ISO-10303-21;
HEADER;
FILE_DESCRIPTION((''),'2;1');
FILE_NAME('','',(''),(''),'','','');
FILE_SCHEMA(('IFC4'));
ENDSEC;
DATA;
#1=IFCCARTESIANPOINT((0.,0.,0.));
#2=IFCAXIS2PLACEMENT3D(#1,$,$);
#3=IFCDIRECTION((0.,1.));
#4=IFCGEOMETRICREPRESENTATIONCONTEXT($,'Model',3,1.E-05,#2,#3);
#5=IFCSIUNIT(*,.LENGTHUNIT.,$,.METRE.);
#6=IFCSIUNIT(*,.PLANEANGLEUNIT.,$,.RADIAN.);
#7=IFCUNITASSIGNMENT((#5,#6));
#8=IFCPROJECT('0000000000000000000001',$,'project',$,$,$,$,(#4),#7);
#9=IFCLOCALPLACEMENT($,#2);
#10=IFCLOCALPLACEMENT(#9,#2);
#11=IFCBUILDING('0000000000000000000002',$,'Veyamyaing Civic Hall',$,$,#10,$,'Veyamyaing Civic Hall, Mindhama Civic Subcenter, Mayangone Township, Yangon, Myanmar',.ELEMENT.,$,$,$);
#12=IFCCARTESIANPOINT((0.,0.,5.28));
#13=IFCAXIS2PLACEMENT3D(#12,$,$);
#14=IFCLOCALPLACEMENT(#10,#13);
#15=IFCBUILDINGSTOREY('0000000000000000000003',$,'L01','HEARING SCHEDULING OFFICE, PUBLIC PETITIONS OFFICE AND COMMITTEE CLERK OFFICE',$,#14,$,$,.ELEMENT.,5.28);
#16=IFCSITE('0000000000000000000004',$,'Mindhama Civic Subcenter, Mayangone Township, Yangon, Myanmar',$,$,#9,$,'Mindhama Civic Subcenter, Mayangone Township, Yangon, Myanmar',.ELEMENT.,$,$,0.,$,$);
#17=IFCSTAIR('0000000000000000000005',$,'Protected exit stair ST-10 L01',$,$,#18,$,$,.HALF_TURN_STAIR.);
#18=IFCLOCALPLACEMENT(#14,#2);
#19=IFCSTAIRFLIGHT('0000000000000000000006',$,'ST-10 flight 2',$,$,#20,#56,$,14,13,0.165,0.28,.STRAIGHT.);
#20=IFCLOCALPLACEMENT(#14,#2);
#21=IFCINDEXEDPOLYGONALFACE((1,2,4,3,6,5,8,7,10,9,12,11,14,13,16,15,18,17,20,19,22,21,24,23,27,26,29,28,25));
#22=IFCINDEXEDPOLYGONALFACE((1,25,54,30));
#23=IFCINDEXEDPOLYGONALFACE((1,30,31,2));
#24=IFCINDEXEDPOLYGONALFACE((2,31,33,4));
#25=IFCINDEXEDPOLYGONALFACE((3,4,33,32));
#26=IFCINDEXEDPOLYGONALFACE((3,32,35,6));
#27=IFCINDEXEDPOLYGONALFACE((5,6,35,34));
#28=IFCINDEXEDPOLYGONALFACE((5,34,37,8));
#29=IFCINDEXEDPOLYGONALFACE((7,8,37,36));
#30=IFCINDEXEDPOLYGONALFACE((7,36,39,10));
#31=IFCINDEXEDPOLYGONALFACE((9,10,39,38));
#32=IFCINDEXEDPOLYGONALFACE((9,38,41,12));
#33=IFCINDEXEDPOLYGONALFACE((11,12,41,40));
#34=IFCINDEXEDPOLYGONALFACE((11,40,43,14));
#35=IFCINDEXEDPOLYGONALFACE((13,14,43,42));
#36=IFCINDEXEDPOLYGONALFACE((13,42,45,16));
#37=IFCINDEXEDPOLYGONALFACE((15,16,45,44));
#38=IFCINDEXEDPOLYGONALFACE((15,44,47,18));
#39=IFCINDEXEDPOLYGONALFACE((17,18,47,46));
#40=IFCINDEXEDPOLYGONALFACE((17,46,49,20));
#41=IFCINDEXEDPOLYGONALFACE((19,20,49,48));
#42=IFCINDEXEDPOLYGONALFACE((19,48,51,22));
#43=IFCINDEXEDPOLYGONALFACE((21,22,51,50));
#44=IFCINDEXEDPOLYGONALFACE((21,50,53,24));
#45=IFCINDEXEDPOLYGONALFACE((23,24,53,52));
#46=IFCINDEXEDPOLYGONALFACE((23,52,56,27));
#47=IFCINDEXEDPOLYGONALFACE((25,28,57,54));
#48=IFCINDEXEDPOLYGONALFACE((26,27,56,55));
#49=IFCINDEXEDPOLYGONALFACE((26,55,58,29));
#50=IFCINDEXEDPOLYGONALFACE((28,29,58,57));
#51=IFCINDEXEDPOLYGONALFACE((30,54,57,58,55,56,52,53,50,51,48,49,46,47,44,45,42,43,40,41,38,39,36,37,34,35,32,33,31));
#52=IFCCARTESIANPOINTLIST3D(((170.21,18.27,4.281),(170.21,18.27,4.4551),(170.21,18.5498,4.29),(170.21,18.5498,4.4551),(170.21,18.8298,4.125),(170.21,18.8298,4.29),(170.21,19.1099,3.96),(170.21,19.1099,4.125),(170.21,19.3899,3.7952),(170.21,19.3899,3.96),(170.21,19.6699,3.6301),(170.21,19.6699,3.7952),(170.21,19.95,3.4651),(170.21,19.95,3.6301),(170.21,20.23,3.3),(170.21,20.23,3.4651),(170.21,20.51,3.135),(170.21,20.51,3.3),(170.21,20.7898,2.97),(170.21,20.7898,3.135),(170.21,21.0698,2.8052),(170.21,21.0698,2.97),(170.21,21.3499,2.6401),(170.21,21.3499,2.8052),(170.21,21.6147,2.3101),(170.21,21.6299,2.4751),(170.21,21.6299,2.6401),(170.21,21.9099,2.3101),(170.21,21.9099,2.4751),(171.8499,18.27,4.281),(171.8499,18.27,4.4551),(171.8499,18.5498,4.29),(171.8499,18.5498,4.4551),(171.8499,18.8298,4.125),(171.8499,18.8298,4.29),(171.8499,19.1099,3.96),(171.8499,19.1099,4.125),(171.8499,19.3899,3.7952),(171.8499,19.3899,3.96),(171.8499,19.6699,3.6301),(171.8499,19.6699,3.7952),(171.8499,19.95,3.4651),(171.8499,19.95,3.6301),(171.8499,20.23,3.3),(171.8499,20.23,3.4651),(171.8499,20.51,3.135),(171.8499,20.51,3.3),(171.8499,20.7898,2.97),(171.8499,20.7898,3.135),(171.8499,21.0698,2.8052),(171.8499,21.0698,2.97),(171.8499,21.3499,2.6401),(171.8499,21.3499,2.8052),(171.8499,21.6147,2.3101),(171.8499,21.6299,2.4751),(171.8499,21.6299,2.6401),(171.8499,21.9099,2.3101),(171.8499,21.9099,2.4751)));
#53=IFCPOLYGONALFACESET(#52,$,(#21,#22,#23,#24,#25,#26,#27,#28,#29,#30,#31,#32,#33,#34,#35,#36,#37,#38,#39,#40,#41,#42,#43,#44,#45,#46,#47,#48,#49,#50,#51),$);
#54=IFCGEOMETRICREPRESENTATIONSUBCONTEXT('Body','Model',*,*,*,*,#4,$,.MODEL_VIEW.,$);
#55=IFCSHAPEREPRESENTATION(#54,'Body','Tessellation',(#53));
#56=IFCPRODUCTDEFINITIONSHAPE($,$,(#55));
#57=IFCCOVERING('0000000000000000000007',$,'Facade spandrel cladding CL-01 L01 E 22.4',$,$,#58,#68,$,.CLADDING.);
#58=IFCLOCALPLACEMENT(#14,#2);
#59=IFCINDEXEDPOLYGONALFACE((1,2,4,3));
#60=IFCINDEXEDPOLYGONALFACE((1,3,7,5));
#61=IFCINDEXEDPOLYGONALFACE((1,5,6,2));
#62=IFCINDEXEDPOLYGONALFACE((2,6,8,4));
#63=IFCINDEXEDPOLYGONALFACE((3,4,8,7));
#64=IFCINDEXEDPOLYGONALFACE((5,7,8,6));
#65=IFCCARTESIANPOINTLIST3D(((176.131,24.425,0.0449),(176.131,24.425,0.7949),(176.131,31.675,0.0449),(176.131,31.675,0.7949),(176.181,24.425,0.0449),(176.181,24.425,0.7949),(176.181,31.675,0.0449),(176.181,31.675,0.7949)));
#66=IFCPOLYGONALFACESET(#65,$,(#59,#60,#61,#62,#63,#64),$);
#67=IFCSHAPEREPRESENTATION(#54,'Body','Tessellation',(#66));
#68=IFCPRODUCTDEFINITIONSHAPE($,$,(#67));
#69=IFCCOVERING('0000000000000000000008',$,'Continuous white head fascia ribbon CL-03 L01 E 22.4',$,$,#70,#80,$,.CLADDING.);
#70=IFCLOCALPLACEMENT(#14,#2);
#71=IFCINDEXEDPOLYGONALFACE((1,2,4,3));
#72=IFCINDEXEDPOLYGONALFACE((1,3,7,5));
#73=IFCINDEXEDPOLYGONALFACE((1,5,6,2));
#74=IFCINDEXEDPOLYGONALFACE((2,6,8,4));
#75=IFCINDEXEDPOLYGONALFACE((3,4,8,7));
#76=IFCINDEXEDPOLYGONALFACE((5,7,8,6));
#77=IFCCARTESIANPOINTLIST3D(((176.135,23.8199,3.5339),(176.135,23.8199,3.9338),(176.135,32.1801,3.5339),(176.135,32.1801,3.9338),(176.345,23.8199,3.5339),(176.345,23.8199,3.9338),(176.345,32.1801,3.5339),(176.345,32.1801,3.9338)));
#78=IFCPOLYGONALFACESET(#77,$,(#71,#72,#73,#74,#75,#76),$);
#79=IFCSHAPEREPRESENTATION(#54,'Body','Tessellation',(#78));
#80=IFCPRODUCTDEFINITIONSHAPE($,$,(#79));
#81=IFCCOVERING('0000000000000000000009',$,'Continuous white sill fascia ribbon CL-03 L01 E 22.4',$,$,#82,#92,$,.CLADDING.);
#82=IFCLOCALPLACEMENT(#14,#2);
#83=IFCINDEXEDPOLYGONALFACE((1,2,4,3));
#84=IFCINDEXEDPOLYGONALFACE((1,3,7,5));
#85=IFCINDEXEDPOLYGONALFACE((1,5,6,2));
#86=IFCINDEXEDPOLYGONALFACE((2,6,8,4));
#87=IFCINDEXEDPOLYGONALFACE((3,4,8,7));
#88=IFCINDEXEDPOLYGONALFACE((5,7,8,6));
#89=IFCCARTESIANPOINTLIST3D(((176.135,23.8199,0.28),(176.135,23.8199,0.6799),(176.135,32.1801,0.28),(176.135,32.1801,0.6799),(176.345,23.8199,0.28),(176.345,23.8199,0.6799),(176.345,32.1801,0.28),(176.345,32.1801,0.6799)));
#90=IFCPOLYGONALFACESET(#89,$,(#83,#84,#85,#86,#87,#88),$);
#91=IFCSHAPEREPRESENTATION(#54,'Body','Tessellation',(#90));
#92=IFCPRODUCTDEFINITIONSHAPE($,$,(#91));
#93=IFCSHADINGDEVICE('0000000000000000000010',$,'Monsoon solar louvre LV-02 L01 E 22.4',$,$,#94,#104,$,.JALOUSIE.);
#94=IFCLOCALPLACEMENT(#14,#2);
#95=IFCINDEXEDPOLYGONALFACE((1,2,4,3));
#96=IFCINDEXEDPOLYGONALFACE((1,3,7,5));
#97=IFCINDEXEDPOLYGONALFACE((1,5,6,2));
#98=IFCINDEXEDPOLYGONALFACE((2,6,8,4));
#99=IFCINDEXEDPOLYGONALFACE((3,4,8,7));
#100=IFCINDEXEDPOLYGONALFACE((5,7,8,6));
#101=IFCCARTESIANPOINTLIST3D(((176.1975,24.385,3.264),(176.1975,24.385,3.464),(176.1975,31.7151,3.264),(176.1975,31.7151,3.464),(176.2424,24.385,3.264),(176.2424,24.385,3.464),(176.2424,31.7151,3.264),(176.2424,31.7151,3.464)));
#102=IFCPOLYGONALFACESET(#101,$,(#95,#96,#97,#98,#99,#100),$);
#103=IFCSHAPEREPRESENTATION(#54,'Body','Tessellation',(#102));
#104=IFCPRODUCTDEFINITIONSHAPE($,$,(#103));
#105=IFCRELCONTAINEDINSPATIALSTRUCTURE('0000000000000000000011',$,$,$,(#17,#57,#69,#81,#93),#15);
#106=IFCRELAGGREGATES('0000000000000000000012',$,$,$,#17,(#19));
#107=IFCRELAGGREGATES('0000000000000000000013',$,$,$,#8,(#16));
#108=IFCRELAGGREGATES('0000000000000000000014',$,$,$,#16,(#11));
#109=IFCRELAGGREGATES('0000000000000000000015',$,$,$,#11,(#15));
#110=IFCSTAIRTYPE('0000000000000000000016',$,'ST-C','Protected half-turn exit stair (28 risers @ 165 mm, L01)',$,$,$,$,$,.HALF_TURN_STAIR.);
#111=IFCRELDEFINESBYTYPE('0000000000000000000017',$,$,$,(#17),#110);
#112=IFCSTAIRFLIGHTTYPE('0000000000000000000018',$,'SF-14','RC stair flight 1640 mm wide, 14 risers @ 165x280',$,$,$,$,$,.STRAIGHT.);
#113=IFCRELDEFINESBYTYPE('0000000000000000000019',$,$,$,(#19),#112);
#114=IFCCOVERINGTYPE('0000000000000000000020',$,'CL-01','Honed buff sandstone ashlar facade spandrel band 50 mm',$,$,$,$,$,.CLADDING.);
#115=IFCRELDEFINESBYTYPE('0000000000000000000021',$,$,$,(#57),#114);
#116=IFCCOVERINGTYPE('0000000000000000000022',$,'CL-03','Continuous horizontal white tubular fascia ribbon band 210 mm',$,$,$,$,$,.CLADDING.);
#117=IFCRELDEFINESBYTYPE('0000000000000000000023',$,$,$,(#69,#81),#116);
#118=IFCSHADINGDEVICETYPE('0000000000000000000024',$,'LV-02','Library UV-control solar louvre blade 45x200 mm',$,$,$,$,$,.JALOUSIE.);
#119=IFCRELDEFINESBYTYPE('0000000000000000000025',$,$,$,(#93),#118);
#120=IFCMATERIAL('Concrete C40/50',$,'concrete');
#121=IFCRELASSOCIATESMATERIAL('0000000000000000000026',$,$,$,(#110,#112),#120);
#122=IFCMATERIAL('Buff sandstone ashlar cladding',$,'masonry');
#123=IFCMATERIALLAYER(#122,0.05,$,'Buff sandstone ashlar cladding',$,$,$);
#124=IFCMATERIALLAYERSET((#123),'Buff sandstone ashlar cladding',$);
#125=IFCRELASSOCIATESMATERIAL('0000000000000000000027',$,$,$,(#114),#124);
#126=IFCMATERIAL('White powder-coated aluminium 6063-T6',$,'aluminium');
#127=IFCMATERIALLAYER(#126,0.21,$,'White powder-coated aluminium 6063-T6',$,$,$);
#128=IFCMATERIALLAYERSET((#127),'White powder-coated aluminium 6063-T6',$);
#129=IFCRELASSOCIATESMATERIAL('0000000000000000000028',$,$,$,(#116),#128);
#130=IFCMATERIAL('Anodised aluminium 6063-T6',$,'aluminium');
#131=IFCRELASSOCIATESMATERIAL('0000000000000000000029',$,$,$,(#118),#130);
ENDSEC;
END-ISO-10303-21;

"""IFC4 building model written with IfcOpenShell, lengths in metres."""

from ifc_helpers import new_model, si_unit, direction, frame, origin, origin_2d, place, context, subcontext, project, spatial, polyline, rectangle, outline, extrude, material, layer, layer_set, material_profile, profile_set, type_object, element, aggregate, save


model = new_model("IFC4")

# Units and contexts
model_context = context("Model", 3, precision=1e-05, world=origin(), true_north=direction((0.0, 1.0)))
body_context = subcontext(model_context, "Body", "Model", "MODEL_VIEW")
ifc_project = project(units=[si_unit("LENGTHUNIT", "METRE"), si_unit("PLANEANGLEUNIT", "RADIAN")], contexts=[model_context])

# Site, building, storey
site_placement = place(None, origin())
site = spatial("IfcSite", under=ifc_project, at=site_placement, Name="Mindhama Civic Subcenter, Mayangone Township, Yangon, Myanmar", LongName="Mindhama Civic Subcenter, Mayangone Township, Yangon, Myanmar", CompositionType="ELEMENT", RefElevation=0.0)
building_placement = place(site_placement, origin())
building = spatial("IfcBuilding", under=site, at=building_placement, Name="Veyamyaing Civic Hall", LongName="Veyamyaing Civic Hall, Mindhama Civic Subcenter, Mayangone Township, Yangon, Myanmar", CompositionType="ELEMENT")
storey_placement = place(building_placement, frame((0.0, 0.0, 5.28)))
storey = spatial("IfcBuildingStorey", under=building, at=storey_placement, Name="L01", Description="HEARING SCHEDULING OFFICE, PUBLIC PETITIONS OFFICE AND COMMITTEE CLERK OFFICE", CompositionType="ELEMENT", Elevation=5.28)

# Shared definitions
ifc_material_1 = material(Name="Concrete C40/50", Category="concrete")

# Stair, stair flight
stair_type = type_object("IfcStairType", Name="ST-C", Description="Protected half-turn exit stair (28 risers @ 165 mm, L01)", PredefinedType="HALF_TURN_STAIR", material=ifc_material_1)
stair_placement = place(storey_placement, origin())
stair = element("IfcStair", 1, at=stair_placement, inside=storey, type_object=stair_type, Name="Protected exit stair ST-10 L01", PredefinedType="HALF_TURN_STAIR")
stair_flight_type = type_object("IfcStairFlightType", Name="SF-14", Description="RC stair flight 1640 mm wide, 14 risers @ 165x280", PredefinedType="STRAIGHT", material=ifc_material_1)
stair_flight_placement = place(storey_placement, frame((171.03, 21.9099, 2.3101), z_axis=(0.0, 0.0, 1.0), x_axis=(0.0, -1.0, 0.0)))
stair_flight = element("IfcStairFlight", 2, at=stair_flight_placement, type_object=stair_flight_type, Name="ST-10 flight 2", NumberOfRisers=14, NumberOfTreads=13, PredefinedType="STRAIGHT", RiserHeight=0.165, TreadLength=0.28, context=body_context, shape_type="SweptSolid", body=[
    extrude(outline(polyline([(0.0, 0.0), (0.0, 0.165), (0.28, 0.165), (0.28, 0.3301), (0.5601, 0.3301), (0.5601, 0.4951), (0.8401, 0.4951), (0.8401, 0.6599), (1.1201, 0.6599), (1.1201, 0.825), (1.3999, 0.825), (1.3999, 0.99), (1.6799, 0.99), (1.6799, 1.155), (1.96, 1.155), (1.96, 1.3201), (2.24, 1.3201), (2.24, 1.4851), (2.52, 1.4851), (2.52, 1.6499), (2.8, 1.6499), (2.8, 1.8149), (3.0801, 1.8149), (3.0801, 1.98), (3.3601, 1.98), (3.3601, 2.145), (3.6399, 2.145), (3.6399, 2.3101), (3.6399, 1.9709), (0.2952, 0.0), (0.0, 0.0)])), frame((0.0, 0.8198, 0.0), z_axis=(0.0, -1.0, 0.0), x_axis=(1.0, 0.0, 0.0)), (0.0, 0.0, 1.0), 1.6399),
])
aggregate(stair, [stair_flight])

# Coverings
ifc_material_2 = material(Name="Buff sandstone ashlar cladding", Category="masonry")
ifc_layer_1 = layer(ifc_material_2, 0.05, Name="Buff sandstone ashlar cladding")
ifc_layer_set_1 = layer_set([ifc_layer_1], Name="Buff sandstone ashlar cladding")
covering_type_1 = type_object("IfcCoveringType", Name="CL-01", Description="Honed buff sandstone ashlar facade spandrel band 50 mm", PredefinedType="CLADDING", material=ifc_layer_set_1)
covering_placement = place(storey_placement, frame((176.156, 28.05, 0.0449), z_axis=(0.0, 0.0, 1.0), x_axis=(0.0, 1.0, 0.0)))
element("IfcCovering", 3, at=covering_placement, inside=storey, type_object=covering_type_1, Name="Facade spandrel cladding CL-01 L01 E 22.4", PredefinedType="CLADDING", context=body_context, shape_type="SweptSolid", body=[
    extrude(rectangle(XDim=7.25, YDim=0.05, at=origin_2d()), origin(), (0.0, 0.0, 1.0), 0.75),
])
ifc_material_3 = material(Name="White powder-coated aluminium 6063-T6", Category="aluminium")
ifc_layer_2 = layer(ifc_material_3, 0.21, Name="White powder-coated aluminium 6063-T6")
ifc_layer_set_2 = layer_set([ifc_layer_2], Name="White powder-coated aluminium 6063-T6")
covering_type_2 = type_object("IfcCoveringType", Name="CL-03", Description="Continuous horizontal white tubular fascia ribbon band 210 mm", PredefinedType="CLADDING", material=ifc_layer_set_2)
for number, where, z_axis, x_axis, name in (
    (4, (176.24, 28.0, 3.5339), (0.0, 0.0, 1.0), (0.0, 1.0, 0.0), "Continuous white head fascia ribbon CL-03 L01 E 22.4"),
    (5, (176.24, 28.0, 0.28), (0.0, 0.0, 1.0), (0.0, 1.0, 0.0), "Continuous white sill fascia ribbon CL-03 L01 E 22.4"),
):
    element("IfcCovering", number, at=place(storey_placement, frame(where, z_axis=z_axis, x_axis=x_axis)), inside=storey, type_object=covering_type_2, Name=name, PredefinedType="CLADDING", context=body_context, shape_type="SweptSolid", body=[
        extrude(rectangle(XDim=8.3601, YDim=0.21, at=origin_2d()), origin(), (0.0, 0.0, 1.0), 0.3999),
    ])

# Shading device
ifc_material_4 = material(Name="Anodised aluminium 6063-T6", Category="aluminium")
ifc_material_profile_1 = material_profile(ifc_material_4, rectangle(XDim=0.0449, YDim=0.2, at=origin_2d()), Name="LOUVRE-BLADE-45X200")
ifc_profile_set_1 = profile_set([ifc_material_profile_1], Name="Anodised aluminium 6063-T6")
shading_device_type_1 = type_object("IfcShadingDeviceType", Name="LV-02", Description="Library UV-control solar louvre blade 45x200 mm", PredefinedType="JALOUSIE", material=ifc_profile_set_1)
shading_device_1_placement = place(storey_placement, frame((176.22, 24.385, 3.364), z_axis=(0.0, 1.0, 0.0), x_axis=(-1.0, 0.0, 0.0)))
element("IfcShadingDevice", 6, at=shading_device_1_placement, inside=storey, type_object=shading_device_type_1, Name="Monsoon solar louvre LV-02 L01 E 22.4", PredefinedType="JALOUSIE", context=body_context, shape_type="SweptSolid", body=[
    extrude(rectangle(XDim=0.0449, YDim=0.2, at=origin_2d()), origin(), (0.0, 0.0, 1.0), 7.3301),
])

save(model, "model.ifc")
